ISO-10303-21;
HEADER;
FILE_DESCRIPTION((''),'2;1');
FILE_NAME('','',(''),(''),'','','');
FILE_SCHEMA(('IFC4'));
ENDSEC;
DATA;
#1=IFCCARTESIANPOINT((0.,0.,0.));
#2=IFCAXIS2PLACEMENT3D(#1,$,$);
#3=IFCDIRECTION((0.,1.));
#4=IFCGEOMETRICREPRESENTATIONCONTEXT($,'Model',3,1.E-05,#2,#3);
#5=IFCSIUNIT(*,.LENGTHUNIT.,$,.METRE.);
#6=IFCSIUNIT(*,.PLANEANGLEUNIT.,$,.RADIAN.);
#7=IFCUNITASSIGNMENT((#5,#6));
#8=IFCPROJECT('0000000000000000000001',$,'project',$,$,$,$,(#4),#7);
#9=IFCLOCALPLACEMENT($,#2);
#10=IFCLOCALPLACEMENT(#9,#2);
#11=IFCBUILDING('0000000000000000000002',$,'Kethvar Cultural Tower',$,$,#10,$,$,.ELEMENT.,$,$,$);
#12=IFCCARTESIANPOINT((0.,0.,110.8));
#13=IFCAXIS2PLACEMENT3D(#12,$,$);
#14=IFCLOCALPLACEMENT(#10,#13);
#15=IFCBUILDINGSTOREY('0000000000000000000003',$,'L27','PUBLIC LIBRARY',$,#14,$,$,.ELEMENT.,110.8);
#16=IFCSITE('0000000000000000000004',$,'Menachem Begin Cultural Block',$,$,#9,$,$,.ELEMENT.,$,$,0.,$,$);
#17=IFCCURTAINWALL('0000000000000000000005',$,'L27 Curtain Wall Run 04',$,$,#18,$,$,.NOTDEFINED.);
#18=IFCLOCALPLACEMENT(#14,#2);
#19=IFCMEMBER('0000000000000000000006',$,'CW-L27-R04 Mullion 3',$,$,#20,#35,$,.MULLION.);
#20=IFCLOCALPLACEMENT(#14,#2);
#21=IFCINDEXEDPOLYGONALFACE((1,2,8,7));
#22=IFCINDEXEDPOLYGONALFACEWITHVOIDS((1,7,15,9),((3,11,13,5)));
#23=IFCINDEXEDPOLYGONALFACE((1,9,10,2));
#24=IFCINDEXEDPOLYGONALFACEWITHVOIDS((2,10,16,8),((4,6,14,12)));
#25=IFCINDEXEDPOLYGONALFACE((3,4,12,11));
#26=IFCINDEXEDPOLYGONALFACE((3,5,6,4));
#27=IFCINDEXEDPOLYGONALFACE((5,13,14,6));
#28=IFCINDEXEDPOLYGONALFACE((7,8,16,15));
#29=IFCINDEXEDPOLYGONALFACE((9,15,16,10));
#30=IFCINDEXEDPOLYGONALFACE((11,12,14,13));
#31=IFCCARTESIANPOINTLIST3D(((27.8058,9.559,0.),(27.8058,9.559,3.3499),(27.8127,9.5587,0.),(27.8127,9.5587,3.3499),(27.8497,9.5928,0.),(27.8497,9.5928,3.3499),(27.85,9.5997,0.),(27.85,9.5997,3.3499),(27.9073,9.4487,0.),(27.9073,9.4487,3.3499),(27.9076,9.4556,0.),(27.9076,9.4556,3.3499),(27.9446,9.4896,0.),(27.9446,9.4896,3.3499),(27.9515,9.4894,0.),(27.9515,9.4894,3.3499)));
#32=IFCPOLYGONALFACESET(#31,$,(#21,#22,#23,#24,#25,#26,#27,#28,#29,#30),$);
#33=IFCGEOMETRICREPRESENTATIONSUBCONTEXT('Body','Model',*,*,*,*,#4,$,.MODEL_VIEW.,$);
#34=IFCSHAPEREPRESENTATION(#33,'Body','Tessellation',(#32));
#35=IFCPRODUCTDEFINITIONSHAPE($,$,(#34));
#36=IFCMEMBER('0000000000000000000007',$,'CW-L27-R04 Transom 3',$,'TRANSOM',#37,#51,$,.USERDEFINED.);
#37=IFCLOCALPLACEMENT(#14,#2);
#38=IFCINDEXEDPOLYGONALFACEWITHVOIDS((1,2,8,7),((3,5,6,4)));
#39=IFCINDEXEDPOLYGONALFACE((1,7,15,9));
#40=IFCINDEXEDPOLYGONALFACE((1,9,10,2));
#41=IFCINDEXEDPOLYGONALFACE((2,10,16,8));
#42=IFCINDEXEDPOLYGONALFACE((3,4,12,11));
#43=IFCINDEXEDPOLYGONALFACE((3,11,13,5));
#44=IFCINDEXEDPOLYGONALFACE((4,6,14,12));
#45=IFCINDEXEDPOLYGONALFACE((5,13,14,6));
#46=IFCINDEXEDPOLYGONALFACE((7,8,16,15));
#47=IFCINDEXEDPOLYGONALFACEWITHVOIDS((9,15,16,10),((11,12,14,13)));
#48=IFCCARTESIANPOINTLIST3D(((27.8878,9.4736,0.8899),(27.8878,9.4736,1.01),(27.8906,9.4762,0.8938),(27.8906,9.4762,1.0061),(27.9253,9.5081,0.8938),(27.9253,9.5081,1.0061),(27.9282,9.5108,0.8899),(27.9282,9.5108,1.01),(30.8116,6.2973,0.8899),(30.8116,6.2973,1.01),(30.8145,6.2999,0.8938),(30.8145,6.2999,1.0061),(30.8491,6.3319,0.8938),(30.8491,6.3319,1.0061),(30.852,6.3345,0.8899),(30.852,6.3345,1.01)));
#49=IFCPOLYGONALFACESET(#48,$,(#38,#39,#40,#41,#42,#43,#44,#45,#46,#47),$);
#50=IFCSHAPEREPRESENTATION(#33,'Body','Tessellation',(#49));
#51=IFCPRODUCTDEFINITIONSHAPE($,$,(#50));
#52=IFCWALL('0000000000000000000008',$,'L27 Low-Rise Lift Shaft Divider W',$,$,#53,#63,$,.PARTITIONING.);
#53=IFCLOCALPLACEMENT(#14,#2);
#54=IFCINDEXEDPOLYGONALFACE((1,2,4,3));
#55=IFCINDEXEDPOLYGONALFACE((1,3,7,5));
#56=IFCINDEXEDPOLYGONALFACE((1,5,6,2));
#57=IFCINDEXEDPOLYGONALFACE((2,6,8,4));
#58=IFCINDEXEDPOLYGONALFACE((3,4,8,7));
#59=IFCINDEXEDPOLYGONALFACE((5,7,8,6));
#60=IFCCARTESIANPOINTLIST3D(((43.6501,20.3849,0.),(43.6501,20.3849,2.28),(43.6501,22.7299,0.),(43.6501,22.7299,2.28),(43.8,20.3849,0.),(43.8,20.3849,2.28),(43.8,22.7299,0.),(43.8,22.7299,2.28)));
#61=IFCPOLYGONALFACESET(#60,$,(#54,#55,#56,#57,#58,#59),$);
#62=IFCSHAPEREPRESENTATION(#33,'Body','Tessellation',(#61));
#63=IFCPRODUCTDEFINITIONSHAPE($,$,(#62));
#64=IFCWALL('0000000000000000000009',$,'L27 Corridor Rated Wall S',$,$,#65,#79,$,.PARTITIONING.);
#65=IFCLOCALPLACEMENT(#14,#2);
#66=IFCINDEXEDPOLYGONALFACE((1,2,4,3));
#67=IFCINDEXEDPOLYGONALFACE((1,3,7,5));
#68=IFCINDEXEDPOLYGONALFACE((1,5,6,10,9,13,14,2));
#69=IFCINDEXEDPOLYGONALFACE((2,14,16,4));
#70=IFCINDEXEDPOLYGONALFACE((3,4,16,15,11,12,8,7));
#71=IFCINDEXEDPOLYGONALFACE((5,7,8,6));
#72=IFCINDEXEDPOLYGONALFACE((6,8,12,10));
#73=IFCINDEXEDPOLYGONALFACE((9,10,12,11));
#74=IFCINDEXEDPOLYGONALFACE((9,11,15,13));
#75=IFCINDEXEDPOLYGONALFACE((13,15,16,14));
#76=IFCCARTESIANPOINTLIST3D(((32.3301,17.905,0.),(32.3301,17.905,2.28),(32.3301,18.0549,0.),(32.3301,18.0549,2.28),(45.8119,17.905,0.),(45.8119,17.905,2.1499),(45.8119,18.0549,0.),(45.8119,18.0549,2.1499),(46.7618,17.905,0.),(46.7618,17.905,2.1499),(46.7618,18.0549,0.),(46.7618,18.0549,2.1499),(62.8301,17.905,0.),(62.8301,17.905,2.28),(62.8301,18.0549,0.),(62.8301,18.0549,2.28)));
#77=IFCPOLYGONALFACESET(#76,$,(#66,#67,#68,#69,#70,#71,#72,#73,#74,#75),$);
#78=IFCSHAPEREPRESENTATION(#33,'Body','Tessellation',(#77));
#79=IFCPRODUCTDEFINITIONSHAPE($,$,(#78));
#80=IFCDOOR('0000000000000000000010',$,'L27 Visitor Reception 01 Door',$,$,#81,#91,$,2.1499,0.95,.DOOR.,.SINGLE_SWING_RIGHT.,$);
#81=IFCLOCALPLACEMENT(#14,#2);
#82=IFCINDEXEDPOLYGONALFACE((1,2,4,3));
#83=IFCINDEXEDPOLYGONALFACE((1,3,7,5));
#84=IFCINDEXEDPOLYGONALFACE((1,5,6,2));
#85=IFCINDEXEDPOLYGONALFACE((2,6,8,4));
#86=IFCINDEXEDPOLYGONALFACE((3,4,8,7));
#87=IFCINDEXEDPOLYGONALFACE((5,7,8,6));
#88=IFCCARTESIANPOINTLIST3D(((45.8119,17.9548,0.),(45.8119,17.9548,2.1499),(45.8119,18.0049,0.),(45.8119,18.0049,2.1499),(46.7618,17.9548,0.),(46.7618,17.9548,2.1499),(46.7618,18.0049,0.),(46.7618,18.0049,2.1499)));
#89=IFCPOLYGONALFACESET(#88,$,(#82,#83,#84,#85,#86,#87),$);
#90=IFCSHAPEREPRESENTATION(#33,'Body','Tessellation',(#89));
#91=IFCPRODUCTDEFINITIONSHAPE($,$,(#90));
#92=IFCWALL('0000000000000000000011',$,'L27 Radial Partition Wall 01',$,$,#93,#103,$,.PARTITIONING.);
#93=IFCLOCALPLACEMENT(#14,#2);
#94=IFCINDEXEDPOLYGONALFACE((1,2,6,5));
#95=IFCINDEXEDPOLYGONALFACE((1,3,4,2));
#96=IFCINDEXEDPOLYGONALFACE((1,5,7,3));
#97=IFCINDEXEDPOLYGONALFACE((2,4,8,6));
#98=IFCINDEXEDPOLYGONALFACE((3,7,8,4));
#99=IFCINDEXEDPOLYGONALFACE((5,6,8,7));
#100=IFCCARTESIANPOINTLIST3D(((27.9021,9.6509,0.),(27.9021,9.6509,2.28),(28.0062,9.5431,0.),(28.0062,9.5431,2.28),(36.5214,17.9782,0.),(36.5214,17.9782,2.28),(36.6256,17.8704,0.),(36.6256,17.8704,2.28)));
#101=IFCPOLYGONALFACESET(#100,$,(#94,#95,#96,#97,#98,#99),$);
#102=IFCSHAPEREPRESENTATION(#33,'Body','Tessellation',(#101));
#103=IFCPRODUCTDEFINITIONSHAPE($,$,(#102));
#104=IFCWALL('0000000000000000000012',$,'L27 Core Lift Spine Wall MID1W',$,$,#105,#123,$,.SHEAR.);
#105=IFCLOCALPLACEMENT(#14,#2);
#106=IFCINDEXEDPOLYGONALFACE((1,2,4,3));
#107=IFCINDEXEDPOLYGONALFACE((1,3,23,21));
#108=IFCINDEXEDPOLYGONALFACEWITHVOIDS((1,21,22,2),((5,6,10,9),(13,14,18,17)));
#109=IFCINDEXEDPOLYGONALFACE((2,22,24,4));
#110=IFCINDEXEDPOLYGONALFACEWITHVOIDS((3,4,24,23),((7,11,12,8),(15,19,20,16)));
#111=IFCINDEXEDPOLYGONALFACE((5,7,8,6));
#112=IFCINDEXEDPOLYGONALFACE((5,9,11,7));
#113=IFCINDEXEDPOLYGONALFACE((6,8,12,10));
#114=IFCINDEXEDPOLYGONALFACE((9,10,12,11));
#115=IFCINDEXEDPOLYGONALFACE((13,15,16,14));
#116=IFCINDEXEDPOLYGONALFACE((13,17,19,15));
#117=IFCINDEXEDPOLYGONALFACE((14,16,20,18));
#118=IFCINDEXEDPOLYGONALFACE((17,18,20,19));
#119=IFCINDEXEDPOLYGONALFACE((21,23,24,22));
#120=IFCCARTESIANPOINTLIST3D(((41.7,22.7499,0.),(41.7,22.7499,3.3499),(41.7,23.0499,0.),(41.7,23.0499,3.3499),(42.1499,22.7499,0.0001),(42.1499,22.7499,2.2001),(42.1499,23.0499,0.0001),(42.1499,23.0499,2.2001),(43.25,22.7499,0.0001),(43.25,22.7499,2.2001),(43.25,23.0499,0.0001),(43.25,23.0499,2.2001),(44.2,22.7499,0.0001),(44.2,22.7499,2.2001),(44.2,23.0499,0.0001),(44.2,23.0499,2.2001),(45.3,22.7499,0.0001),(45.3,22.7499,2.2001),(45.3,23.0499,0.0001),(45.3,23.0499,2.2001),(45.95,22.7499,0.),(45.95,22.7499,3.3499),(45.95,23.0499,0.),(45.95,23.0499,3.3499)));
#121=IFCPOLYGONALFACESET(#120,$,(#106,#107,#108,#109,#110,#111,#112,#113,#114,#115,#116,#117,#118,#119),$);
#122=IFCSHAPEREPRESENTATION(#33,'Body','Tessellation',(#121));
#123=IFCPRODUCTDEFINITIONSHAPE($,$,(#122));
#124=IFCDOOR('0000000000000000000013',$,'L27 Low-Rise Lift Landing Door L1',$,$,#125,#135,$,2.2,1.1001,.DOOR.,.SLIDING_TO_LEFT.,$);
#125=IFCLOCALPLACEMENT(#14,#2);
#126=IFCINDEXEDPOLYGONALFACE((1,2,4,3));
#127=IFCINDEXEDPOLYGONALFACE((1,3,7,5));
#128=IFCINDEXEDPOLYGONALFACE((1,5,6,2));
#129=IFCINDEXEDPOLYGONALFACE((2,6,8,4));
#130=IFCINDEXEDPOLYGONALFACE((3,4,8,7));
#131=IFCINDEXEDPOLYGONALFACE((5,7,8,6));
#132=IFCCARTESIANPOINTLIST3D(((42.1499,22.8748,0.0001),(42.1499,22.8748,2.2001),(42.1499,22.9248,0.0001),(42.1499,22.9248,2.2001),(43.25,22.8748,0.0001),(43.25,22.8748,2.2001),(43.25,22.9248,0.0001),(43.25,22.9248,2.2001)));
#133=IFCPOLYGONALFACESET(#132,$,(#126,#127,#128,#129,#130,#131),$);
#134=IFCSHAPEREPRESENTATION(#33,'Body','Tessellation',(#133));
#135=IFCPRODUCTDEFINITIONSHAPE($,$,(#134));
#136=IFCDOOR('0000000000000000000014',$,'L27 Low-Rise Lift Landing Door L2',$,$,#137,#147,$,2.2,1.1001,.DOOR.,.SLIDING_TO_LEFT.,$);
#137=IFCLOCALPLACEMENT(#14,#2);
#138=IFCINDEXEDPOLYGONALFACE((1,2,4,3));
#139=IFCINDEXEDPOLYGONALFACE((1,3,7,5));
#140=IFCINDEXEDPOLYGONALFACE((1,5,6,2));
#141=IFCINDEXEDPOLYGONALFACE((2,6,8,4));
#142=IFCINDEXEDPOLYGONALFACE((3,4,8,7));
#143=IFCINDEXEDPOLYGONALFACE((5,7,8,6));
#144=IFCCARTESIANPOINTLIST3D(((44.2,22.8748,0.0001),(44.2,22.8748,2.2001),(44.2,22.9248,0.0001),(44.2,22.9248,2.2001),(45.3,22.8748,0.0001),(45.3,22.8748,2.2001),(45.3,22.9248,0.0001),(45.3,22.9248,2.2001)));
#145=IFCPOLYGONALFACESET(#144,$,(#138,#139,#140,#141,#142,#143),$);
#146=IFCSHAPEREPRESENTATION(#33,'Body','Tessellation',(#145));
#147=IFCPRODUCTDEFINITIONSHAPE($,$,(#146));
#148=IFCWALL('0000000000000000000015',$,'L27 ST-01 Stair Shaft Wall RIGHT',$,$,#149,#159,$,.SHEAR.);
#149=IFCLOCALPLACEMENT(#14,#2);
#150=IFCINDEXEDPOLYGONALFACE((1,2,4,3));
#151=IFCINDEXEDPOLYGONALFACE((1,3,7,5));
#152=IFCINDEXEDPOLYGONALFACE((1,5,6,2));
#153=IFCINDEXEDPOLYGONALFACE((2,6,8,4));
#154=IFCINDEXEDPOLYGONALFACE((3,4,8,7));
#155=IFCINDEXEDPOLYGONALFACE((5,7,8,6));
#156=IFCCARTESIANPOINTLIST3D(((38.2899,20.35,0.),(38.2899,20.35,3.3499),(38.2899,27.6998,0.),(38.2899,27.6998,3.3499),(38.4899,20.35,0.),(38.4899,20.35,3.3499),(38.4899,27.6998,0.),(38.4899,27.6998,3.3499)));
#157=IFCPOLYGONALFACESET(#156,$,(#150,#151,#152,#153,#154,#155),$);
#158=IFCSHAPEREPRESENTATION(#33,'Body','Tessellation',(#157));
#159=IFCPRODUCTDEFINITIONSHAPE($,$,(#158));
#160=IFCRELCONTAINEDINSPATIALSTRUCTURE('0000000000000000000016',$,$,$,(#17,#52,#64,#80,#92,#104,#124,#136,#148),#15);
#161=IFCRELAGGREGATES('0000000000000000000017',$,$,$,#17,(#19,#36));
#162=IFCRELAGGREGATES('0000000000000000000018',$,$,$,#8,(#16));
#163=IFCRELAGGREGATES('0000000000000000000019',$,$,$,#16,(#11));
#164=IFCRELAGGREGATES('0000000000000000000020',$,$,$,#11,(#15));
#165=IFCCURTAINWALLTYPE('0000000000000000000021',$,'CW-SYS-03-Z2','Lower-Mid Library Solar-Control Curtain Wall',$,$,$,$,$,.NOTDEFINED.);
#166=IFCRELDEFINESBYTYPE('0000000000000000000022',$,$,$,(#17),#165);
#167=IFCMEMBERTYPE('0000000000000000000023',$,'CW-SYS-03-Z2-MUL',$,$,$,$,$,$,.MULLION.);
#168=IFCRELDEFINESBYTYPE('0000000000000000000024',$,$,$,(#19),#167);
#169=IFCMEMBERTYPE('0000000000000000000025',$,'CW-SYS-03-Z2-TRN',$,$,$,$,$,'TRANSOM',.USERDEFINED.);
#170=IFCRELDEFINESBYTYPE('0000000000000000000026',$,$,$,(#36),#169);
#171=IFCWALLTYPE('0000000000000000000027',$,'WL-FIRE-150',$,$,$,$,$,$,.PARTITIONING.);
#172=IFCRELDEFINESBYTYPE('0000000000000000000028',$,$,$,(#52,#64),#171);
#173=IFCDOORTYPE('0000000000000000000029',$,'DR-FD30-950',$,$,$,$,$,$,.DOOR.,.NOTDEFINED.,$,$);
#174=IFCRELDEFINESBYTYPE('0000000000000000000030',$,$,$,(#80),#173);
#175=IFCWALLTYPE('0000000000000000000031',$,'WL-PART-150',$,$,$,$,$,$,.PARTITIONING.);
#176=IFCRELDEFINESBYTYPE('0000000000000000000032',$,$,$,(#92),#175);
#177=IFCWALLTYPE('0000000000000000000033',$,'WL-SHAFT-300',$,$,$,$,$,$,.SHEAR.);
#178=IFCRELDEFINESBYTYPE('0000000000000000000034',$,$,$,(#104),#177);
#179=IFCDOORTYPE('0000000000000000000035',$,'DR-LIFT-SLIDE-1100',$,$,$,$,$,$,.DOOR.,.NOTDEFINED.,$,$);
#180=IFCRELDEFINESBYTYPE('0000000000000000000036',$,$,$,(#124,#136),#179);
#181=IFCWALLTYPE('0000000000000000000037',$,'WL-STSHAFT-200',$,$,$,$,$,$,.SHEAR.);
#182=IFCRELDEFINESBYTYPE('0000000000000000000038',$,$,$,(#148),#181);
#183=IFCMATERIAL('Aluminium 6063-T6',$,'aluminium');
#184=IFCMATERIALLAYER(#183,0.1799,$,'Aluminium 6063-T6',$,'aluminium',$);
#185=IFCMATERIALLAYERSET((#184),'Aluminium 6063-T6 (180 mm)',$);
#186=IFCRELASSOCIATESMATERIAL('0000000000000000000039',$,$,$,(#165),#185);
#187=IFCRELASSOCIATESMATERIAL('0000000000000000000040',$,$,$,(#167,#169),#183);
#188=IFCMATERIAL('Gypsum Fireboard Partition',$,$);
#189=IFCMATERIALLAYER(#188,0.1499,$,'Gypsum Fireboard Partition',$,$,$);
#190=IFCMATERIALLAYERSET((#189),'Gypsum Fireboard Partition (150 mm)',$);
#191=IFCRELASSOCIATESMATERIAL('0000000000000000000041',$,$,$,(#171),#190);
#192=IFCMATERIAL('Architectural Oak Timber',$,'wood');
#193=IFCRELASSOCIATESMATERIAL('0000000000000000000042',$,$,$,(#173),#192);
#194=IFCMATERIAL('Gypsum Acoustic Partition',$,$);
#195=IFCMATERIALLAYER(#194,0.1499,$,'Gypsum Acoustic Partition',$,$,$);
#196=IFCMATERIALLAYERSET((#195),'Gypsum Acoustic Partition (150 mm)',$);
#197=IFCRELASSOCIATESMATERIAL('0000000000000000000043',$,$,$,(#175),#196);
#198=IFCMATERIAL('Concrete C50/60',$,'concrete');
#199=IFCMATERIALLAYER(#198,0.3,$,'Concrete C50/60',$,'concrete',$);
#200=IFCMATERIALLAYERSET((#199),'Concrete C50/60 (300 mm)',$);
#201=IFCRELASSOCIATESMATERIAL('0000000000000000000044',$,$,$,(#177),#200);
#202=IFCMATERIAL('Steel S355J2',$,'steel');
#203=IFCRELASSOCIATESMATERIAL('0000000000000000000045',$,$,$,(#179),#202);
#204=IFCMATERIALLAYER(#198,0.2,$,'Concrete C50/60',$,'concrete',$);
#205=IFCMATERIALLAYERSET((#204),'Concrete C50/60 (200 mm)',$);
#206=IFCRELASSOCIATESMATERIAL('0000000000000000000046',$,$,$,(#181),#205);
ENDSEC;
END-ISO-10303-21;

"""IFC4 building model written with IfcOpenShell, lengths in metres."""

from ifc_helpers import new_model, si_unit, direction, frame, frame_2d, origin, origin_2d, place, context, subcontext, project, spatial, rectangle, hollow_rectangle, extrude, source, transform, mapped, material, layer, layer_set, material_profile, profile_set, type_object, element, fill, aggregate, save


model = new_model("IFC4")

# Units and contexts
model_context = context("Model", 3, precision=1e-05, world=origin(), true_north=direction((0.0, 1.0)))
body_context = subcontext(model_context, "Body", "Model", "MODEL_VIEW")
ifc_project = project(units=[si_unit("LENGTHUNIT", "METRE"), si_unit("PLANEANGLEUNIT", "RADIAN")], contexts=[model_context])

# Site, building, storey
site_placement = place(None, origin())
site = spatial("IfcSite", under=ifc_project, at=site_placement, Name="Menachem Begin Cultural Block", CompositionType="ELEMENT", RefElevation=0.0)
building_placement = place(site_placement, origin())
building = spatial("IfcBuilding", under=site, at=building_placement, Name="Kethvar Cultural Tower", CompositionType="ELEMENT")
storey_placement = place(building_placement, frame((0.0, 0.0, 110.8)))
storey = spatial("IfcBuildingStorey", under=building, at=storey_placement, Name="L27", Description="PUBLIC LIBRARY", CompositionType="ELEMENT", Elevation=110.8)

# Shared definitions
ifc_material_1 = material(Name="Steel S355J2", Category="steel")

# Curtain wall, members
ifc_material_2 = material(Name="Aluminium 6063-T6", Category="aluminium")
ifc_layer_1 = layer(ifc_material_2, 0.1799, Name="Aluminium 6063-T6", Category="aluminium")
ifc_layer_set_1 = layer_set([ifc_layer_1], Name="Aluminium 6063-T6 (180 mm)")
curtain_wall_type = type_object("IfcCurtainWallType", Name="CW-SYS-03-Z2", Description="Lower-Mid Library Solar-Control Curtain Wall", PredefinedType="NOTDEFINED", material=ifc_layer_set_1)
curtain_wall_placement = place(storey_placement, origin())
curtain_wall = element("IfcCurtainWall", 1, at=curtain_wall_placement, inside=storey, type_object=curtain_wall_type, Name="L27 Curtain Wall Run 04", PredefinedType="NOTDEFINED")
ifc_material_profile_1 = material_profile(ifc_material_2, hollow_rectangle(XDim=0.0601, YDim=0.1499, WallThickness=0.0049, at=origin_2d()), Name="Aluminium 6063-T6 — RHS150x60x5")
ifc_profile_set_1 = profile_set([ifc_material_profile_1], Name="Aluminium 6063-T6 — RHS150x60x5")
member_type_1 = type_object("IfcMemberType", Name="CW-SYS-03-Z2-MUL", PredefinedType="MULLION", material=ifc_profile_set_1)
shared_shape_1 = source(origin(), body_context, "Body", "SweptSolid", [
    extrude(hollow_rectangle(XDim=0.0601, YDim=0.1499, WallThickness=0.0049, at=origin_2d()), origin(), (0.0, 0.0, 1.0), 3.3499),
])
member_1_placement = place(storey_placement, frame((27.8787, 9.5242, 0.0), z_axis=(0.0, 0.0, 1.0), x_axis=(0.735766, 0.677236, 0.0)))
member_1 = element("IfcMember", 2, at=member_1_placement, type_object=member_type_1, Name="CW-L27-R04 Mullion 3", PredefinedType="MULLION", context=body_context, shape_type="MappedRepresentation", body=[
    mapped(shared_shape_1, transform((0.0, 0.0, 0.0), scale=1.0)),
])
ifc_material_profile_2 = material_profile(ifc_material_2, hollow_rectangle(XDim=0.0549, YDim=0.1201, WallThickness=0.0039, at=origin_2d()), Name="Aluminium 6063-T6 — RHS120x55x4")
ifc_profile_set_2 = profile_set([ifc_material_profile_2], Name="Aluminium 6063-T6 — RHS120x55x4")
member_type_2 = type_object("IfcMemberType", Name="CW-SYS-03-Z2-TRN", ElementType="TRANSOM", PredefinedType="USERDEFINED", material=ifc_profile_set_2)
shared_shape_2 = source(origin(), body_context, "Body", "SweptSolid", [
    extrude(hollow_rectangle(XDim=0.0549, YDim=0.1201, WallThickness=0.0039, at=origin_2d()), origin(), (0.0, 0.0, 1.0), 4.3171),
])
member_2_placement = place(storey_placement, frame((27.908, 9.4922, 0.95), z_axis=(0.677265, -0.735739, 0.0), x_axis=(0.735739, 0.677265, 0.0)))
member_2 = element("IfcMember", 3, at=member_2_placement, type_object=member_type_2, Name="CW-L27-R04 Transom 3", ObjectType="TRANSOM", PredefinedType="USERDEFINED", context=body_context, shape_type="MappedRepresentation", body=[
    mapped(shared_shape_2, transform((0.0, 0.0, 0.0), scale=1.0)),
])
aggregate(curtain_wall, [member_1, member_2])

# Wall
ifc_material_3 = material(Name="Gypsum Fireboard Partition")
ifc_layer_2 = layer(ifc_material_3, 0.1499, Name="Gypsum Fireboard Partition")
ifc_layer_set_2 = layer_set([ifc_layer_2], Name="Gypsum Fireboard Partition (150 mm)")
wall_type_1 = type_object("IfcWallType", Name="WL-FIRE-150", PredefinedType="PARTITIONING", material=ifc_layer_set_2)
wall_1_placement = place(storey_placement, frame((43.7251, 20.385, 0.0), z_axis=(0.0, 0.0, 1.0), x_axis=(0.0, 1.0, 0.0)))
element("IfcWall", 4, at=wall_1_placement, inside=storey, type_object=wall_type_1, Name="L27 Low-Rise Lift Shaft Divider W", PredefinedType="PARTITIONING", context=body_context, shape_type="SweptSolid", body=[
    extrude(rectangle(XDim=2.345, YDim=0.1499, at=frame_2d((1.1724, 0.0))), origin(), (0.0, 0.0, 1.0), 2.28),
])

# Wall, opening, door
wall_2_placement = place(storey_placement, frame((32.3301, 17.98, 0.0), z_axis=(0.0, 0.0, 1.0), x_axis=(1.0, 0.0, 0.0)))
wall_2 = element("IfcWall", 5, at=wall_2_placement, inside=storey, type_object=wall_type_1, Name="L27 Corridor Rated Wall S", PredefinedType="PARTITIONING", context=body_context, shape_type="SweptSolid", body=[
    extrude(rectangle(XDim=30.5, YDim=0.1499, at=frame_2d((15.25, 0.0))), origin(), (0.0, 0.0, 1.0), 2.28),
])
opening_1_placement = place(wall_2_placement, frame((13.4817, 0.0, 0.0)))
opening_1 = element("IfcOpeningElement", 6, at=opening_1_placement, cuts=wall_2, PredefinedType="OPENING", context=body_context, shape_type="SweptSolid", body=[
    extrude(rectangle(XDim=0.95, YDim=2.1499, at=frame_2d((0.4751, 1.075))), frame((0.0, 0.085, 0.0), z_axis=(0.0, -1.0, 0.0), x_axis=(1.0, 0.0, 0.0)), (0.0, 0.0, 1.0), 0.1699),
])
ifc_material_4 = material(Name="Architectural Oak Timber", Category="wood")
door_type_1 = type_object("IfcDoorType", Name="DR-FD30-950", OperationType="NOTDEFINED", PredefinedType="DOOR", material=ifc_material_4)
shared_shape_3 = source(origin(), body_context, "Body", "SweptSolid", [
    extrude(rectangle(XDim=0.95, YDim=2.1499, at=frame_2d((0.4751, 1.075))), frame((0.0, 0.0249, 0.0), z_axis=(0.0, -1.0, 0.0), x_axis=(1.0, 0.0, 0.0)), (0.0, 0.0, 1.0), 0.05),
])
door_1_placement = place(opening_1_placement, origin())
door_1 = element("IfcDoor", 7, at=door_1_placement, inside=storey, type_object=door_type_1, Name="L27 Visitor Reception 01 Door", OperationType="SINGLE_SWING_RIGHT", OverallHeight=2.1499, OverallWidth=0.95, PredefinedType="DOOR", context=body_context, shape_type="MappedRepresentation", body=[
    mapped(shared_shape_3, transform((0.0, 0.0, 0.0), scale=1.0)),
])
fill(opening_1, door_1)

# Wall
ifc_material_5 = material(Name="Gypsum Acoustic Partition")
ifc_layer_3 = layer(ifc_material_5, 0.1499, Name="Gypsum Acoustic Partition")
ifc_layer_set_3 = layer_set([ifc_layer_3], Name="Gypsum Acoustic Partition (150 mm)")
wall_type_2 = type_object("IfcWallType", Name="WL-PART-150", PredefinedType="PARTITIONING", material=ifc_layer_set_3)
wall_3_placement = place(storey_placement, frame((36.5735, 17.9243, 0.0), z_axis=(0.0, 0.0, 1.0), x_axis=(-0.719183, -0.69482, 0.0)))
element("IfcWall", 8, at=wall_3_placement, inside=storey, type_object=wall_type_2, Name="L27 Radial Partition Wall 01", PredefinedType="PARTITIONING", context=body_context, shape_type="SweptSolid", body=[
    extrude(rectangle(XDim=11.9849, YDim=0.1499, at=frame_2d((5.9924, 0.0))), origin(), (0.0, 0.0, 1.0), 2.28),
])

# Wall, openings, doors
ifc_material_6 = material(Name="Concrete C50/60", Category="concrete")
ifc_layer_4 = layer(ifc_material_6, 0.3, Name="Concrete C50/60", Category="concrete")
ifc_layer_set_4 = layer_set([ifc_layer_4], Name="Concrete C50/60 (300 mm)")
wall_type_3 = type_object("IfcWallType", Name="WL-SHAFT-300", PredefinedType="SHEAR", material=ifc_layer_set_4)
wall_4_placement = place(storey_placement, frame((41.7, 22.8999, 0.0), z_axis=(0.0, 0.0, 1.0), x_axis=(1.0, 0.0, 0.0)))
wall_4 = element("IfcWall", 9, at=wall_4_placement, inside=storey, type_object=wall_type_3, Name="L27 Core Lift Spine Wall MID1W", PredefinedType="SHEAR", context=body_context, shape_type="SweptSolid", body=[
    extrude(rectangle(XDim=4.25, YDim=0.3, at=frame_2d((2.125, 0.0))), origin(), (0.0, 0.0, 1.0), 3.3499),
])
opening_2_placement = place(wall_4_placement, frame((0.45, 0.0, 0.0)))
opening_2 = element("IfcOpeningElement", 10, at=opening_2_placement, cuts=wall_4, PredefinedType="OPENING", context=body_context, shape_type="SweptSolid", body=[
    extrude(rectangle(XDim=1.1001, YDim=2.2, at=frame_2d((0.55, 1.1001))), frame((0.0, 0.1599, 0.0), z_axis=(0.0, -1.0, 0.0), x_axis=(1.0, 0.0, 0.0)), (0.0, 0.0, 1.0), 0.3201),
])
opening_3_placement = place(wall_4_placement, frame((2.5, 0.0, 0.0)))
opening_3 = element("IfcOpeningElement", 11, at=opening_3_placement, cuts=wall_4, PredefinedType="OPENING", context=body_context, shape_type="SweptSolid", body=[
    extrude(rectangle(XDim=1.1001, YDim=2.2, at=frame_2d((0.55, 1.1001))), frame((0.0, 0.1599, 0.0), z_axis=(0.0, -1.0, 0.0), x_axis=(1.0, 0.0, 0.0)), (0.0, 0.0, 1.0), 0.3201),
])
door_type_2 = type_object("IfcDoorType", Name="DR-LIFT-SLIDE-1100", OperationType="NOTDEFINED", PredefinedType="DOOR", material=ifc_material_1)
shared_shape_4 = source(origin(), body_context, "Body", "SweptSolid", [
    extrude(rectangle(XDim=1.1001, YDim=2.2, at=frame_2d((0.55, 1.1001))), frame((0.0, 0.0249, 0.0), z_axis=(0.0, -1.0, 0.0), x_axis=(1.0, 0.0, 0.0)), (0.0, 0.0, 1.0), 0.05),
])
door_2_placement = place(opening_2_placement, origin())
door_2 = element("IfcDoor", 12, at=door_2_placement, inside=storey, type_object=door_type_2, Name="L27 Low-Rise Lift Landing Door L1", OperationType="SLIDING_TO_LEFT", OverallHeight=2.2, OverallWidth=1.1001, PredefinedType="DOOR", context=body_context, shape_type="MappedRepresentation", body=[
    mapped(shared_shape_4, transform((0.0, 0.0, 0.0), scale=1.0)),
])
fill(opening_2, door_2)
door_3_placement = place(opening_3_placement, origin())
door_3 = element("IfcDoor", 13, at=door_3_placement, inside=storey, type_object=door_type_2, Name="L27 Low-Rise Lift Landing Door L2", OperationType="SLIDING_TO_LEFT", OverallHeight=2.2, OverallWidth=1.1001, PredefinedType="DOOR", context=body_context, shape_type="MappedRepresentation", body=[
    mapped(shared_shape_4, transform((0.0, 0.0, 0.0), scale=1.0)),
])
fill(opening_3, door_3)

# Wall
ifc_layer_5 = layer(ifc_material_6, 0.2, Name="Concrete C50/60", Category="concrete")
ifc_layer_set_5 = layer_set([ifc_layer_5], Name="Concrete C50/60 (200 mm)")
wall_type_4 = type_object("IfcWallType", Name="WL-STSHAFT-200", PredefinedType="SHEAR", material=ifc_layer_set_5)
wall_5_placement = place(storey_placement, frame((38.3899, 20.3501, 0.0), z_axis=(0.0, 0.0, 1.0), x_axis=(0.0, 1.0, 0.0)))
element("IfcWall", 14, at=wall_5_placement, inside=storey, type_object=wall_type_4, Name="L27 ST-01 Stair Shaft Wall RIGHT", PredefinedType="SHEAR", context=body_context, shape_type="SweptSolid", body=[
    extrude(rectangle(XDim=7.3499, YDim=0.2, at=frame_2d((3.6748, 0.0))), origin(), (0.0, 0.0, 1.0), 3.3499),
])

save(model, "model.ifc")
